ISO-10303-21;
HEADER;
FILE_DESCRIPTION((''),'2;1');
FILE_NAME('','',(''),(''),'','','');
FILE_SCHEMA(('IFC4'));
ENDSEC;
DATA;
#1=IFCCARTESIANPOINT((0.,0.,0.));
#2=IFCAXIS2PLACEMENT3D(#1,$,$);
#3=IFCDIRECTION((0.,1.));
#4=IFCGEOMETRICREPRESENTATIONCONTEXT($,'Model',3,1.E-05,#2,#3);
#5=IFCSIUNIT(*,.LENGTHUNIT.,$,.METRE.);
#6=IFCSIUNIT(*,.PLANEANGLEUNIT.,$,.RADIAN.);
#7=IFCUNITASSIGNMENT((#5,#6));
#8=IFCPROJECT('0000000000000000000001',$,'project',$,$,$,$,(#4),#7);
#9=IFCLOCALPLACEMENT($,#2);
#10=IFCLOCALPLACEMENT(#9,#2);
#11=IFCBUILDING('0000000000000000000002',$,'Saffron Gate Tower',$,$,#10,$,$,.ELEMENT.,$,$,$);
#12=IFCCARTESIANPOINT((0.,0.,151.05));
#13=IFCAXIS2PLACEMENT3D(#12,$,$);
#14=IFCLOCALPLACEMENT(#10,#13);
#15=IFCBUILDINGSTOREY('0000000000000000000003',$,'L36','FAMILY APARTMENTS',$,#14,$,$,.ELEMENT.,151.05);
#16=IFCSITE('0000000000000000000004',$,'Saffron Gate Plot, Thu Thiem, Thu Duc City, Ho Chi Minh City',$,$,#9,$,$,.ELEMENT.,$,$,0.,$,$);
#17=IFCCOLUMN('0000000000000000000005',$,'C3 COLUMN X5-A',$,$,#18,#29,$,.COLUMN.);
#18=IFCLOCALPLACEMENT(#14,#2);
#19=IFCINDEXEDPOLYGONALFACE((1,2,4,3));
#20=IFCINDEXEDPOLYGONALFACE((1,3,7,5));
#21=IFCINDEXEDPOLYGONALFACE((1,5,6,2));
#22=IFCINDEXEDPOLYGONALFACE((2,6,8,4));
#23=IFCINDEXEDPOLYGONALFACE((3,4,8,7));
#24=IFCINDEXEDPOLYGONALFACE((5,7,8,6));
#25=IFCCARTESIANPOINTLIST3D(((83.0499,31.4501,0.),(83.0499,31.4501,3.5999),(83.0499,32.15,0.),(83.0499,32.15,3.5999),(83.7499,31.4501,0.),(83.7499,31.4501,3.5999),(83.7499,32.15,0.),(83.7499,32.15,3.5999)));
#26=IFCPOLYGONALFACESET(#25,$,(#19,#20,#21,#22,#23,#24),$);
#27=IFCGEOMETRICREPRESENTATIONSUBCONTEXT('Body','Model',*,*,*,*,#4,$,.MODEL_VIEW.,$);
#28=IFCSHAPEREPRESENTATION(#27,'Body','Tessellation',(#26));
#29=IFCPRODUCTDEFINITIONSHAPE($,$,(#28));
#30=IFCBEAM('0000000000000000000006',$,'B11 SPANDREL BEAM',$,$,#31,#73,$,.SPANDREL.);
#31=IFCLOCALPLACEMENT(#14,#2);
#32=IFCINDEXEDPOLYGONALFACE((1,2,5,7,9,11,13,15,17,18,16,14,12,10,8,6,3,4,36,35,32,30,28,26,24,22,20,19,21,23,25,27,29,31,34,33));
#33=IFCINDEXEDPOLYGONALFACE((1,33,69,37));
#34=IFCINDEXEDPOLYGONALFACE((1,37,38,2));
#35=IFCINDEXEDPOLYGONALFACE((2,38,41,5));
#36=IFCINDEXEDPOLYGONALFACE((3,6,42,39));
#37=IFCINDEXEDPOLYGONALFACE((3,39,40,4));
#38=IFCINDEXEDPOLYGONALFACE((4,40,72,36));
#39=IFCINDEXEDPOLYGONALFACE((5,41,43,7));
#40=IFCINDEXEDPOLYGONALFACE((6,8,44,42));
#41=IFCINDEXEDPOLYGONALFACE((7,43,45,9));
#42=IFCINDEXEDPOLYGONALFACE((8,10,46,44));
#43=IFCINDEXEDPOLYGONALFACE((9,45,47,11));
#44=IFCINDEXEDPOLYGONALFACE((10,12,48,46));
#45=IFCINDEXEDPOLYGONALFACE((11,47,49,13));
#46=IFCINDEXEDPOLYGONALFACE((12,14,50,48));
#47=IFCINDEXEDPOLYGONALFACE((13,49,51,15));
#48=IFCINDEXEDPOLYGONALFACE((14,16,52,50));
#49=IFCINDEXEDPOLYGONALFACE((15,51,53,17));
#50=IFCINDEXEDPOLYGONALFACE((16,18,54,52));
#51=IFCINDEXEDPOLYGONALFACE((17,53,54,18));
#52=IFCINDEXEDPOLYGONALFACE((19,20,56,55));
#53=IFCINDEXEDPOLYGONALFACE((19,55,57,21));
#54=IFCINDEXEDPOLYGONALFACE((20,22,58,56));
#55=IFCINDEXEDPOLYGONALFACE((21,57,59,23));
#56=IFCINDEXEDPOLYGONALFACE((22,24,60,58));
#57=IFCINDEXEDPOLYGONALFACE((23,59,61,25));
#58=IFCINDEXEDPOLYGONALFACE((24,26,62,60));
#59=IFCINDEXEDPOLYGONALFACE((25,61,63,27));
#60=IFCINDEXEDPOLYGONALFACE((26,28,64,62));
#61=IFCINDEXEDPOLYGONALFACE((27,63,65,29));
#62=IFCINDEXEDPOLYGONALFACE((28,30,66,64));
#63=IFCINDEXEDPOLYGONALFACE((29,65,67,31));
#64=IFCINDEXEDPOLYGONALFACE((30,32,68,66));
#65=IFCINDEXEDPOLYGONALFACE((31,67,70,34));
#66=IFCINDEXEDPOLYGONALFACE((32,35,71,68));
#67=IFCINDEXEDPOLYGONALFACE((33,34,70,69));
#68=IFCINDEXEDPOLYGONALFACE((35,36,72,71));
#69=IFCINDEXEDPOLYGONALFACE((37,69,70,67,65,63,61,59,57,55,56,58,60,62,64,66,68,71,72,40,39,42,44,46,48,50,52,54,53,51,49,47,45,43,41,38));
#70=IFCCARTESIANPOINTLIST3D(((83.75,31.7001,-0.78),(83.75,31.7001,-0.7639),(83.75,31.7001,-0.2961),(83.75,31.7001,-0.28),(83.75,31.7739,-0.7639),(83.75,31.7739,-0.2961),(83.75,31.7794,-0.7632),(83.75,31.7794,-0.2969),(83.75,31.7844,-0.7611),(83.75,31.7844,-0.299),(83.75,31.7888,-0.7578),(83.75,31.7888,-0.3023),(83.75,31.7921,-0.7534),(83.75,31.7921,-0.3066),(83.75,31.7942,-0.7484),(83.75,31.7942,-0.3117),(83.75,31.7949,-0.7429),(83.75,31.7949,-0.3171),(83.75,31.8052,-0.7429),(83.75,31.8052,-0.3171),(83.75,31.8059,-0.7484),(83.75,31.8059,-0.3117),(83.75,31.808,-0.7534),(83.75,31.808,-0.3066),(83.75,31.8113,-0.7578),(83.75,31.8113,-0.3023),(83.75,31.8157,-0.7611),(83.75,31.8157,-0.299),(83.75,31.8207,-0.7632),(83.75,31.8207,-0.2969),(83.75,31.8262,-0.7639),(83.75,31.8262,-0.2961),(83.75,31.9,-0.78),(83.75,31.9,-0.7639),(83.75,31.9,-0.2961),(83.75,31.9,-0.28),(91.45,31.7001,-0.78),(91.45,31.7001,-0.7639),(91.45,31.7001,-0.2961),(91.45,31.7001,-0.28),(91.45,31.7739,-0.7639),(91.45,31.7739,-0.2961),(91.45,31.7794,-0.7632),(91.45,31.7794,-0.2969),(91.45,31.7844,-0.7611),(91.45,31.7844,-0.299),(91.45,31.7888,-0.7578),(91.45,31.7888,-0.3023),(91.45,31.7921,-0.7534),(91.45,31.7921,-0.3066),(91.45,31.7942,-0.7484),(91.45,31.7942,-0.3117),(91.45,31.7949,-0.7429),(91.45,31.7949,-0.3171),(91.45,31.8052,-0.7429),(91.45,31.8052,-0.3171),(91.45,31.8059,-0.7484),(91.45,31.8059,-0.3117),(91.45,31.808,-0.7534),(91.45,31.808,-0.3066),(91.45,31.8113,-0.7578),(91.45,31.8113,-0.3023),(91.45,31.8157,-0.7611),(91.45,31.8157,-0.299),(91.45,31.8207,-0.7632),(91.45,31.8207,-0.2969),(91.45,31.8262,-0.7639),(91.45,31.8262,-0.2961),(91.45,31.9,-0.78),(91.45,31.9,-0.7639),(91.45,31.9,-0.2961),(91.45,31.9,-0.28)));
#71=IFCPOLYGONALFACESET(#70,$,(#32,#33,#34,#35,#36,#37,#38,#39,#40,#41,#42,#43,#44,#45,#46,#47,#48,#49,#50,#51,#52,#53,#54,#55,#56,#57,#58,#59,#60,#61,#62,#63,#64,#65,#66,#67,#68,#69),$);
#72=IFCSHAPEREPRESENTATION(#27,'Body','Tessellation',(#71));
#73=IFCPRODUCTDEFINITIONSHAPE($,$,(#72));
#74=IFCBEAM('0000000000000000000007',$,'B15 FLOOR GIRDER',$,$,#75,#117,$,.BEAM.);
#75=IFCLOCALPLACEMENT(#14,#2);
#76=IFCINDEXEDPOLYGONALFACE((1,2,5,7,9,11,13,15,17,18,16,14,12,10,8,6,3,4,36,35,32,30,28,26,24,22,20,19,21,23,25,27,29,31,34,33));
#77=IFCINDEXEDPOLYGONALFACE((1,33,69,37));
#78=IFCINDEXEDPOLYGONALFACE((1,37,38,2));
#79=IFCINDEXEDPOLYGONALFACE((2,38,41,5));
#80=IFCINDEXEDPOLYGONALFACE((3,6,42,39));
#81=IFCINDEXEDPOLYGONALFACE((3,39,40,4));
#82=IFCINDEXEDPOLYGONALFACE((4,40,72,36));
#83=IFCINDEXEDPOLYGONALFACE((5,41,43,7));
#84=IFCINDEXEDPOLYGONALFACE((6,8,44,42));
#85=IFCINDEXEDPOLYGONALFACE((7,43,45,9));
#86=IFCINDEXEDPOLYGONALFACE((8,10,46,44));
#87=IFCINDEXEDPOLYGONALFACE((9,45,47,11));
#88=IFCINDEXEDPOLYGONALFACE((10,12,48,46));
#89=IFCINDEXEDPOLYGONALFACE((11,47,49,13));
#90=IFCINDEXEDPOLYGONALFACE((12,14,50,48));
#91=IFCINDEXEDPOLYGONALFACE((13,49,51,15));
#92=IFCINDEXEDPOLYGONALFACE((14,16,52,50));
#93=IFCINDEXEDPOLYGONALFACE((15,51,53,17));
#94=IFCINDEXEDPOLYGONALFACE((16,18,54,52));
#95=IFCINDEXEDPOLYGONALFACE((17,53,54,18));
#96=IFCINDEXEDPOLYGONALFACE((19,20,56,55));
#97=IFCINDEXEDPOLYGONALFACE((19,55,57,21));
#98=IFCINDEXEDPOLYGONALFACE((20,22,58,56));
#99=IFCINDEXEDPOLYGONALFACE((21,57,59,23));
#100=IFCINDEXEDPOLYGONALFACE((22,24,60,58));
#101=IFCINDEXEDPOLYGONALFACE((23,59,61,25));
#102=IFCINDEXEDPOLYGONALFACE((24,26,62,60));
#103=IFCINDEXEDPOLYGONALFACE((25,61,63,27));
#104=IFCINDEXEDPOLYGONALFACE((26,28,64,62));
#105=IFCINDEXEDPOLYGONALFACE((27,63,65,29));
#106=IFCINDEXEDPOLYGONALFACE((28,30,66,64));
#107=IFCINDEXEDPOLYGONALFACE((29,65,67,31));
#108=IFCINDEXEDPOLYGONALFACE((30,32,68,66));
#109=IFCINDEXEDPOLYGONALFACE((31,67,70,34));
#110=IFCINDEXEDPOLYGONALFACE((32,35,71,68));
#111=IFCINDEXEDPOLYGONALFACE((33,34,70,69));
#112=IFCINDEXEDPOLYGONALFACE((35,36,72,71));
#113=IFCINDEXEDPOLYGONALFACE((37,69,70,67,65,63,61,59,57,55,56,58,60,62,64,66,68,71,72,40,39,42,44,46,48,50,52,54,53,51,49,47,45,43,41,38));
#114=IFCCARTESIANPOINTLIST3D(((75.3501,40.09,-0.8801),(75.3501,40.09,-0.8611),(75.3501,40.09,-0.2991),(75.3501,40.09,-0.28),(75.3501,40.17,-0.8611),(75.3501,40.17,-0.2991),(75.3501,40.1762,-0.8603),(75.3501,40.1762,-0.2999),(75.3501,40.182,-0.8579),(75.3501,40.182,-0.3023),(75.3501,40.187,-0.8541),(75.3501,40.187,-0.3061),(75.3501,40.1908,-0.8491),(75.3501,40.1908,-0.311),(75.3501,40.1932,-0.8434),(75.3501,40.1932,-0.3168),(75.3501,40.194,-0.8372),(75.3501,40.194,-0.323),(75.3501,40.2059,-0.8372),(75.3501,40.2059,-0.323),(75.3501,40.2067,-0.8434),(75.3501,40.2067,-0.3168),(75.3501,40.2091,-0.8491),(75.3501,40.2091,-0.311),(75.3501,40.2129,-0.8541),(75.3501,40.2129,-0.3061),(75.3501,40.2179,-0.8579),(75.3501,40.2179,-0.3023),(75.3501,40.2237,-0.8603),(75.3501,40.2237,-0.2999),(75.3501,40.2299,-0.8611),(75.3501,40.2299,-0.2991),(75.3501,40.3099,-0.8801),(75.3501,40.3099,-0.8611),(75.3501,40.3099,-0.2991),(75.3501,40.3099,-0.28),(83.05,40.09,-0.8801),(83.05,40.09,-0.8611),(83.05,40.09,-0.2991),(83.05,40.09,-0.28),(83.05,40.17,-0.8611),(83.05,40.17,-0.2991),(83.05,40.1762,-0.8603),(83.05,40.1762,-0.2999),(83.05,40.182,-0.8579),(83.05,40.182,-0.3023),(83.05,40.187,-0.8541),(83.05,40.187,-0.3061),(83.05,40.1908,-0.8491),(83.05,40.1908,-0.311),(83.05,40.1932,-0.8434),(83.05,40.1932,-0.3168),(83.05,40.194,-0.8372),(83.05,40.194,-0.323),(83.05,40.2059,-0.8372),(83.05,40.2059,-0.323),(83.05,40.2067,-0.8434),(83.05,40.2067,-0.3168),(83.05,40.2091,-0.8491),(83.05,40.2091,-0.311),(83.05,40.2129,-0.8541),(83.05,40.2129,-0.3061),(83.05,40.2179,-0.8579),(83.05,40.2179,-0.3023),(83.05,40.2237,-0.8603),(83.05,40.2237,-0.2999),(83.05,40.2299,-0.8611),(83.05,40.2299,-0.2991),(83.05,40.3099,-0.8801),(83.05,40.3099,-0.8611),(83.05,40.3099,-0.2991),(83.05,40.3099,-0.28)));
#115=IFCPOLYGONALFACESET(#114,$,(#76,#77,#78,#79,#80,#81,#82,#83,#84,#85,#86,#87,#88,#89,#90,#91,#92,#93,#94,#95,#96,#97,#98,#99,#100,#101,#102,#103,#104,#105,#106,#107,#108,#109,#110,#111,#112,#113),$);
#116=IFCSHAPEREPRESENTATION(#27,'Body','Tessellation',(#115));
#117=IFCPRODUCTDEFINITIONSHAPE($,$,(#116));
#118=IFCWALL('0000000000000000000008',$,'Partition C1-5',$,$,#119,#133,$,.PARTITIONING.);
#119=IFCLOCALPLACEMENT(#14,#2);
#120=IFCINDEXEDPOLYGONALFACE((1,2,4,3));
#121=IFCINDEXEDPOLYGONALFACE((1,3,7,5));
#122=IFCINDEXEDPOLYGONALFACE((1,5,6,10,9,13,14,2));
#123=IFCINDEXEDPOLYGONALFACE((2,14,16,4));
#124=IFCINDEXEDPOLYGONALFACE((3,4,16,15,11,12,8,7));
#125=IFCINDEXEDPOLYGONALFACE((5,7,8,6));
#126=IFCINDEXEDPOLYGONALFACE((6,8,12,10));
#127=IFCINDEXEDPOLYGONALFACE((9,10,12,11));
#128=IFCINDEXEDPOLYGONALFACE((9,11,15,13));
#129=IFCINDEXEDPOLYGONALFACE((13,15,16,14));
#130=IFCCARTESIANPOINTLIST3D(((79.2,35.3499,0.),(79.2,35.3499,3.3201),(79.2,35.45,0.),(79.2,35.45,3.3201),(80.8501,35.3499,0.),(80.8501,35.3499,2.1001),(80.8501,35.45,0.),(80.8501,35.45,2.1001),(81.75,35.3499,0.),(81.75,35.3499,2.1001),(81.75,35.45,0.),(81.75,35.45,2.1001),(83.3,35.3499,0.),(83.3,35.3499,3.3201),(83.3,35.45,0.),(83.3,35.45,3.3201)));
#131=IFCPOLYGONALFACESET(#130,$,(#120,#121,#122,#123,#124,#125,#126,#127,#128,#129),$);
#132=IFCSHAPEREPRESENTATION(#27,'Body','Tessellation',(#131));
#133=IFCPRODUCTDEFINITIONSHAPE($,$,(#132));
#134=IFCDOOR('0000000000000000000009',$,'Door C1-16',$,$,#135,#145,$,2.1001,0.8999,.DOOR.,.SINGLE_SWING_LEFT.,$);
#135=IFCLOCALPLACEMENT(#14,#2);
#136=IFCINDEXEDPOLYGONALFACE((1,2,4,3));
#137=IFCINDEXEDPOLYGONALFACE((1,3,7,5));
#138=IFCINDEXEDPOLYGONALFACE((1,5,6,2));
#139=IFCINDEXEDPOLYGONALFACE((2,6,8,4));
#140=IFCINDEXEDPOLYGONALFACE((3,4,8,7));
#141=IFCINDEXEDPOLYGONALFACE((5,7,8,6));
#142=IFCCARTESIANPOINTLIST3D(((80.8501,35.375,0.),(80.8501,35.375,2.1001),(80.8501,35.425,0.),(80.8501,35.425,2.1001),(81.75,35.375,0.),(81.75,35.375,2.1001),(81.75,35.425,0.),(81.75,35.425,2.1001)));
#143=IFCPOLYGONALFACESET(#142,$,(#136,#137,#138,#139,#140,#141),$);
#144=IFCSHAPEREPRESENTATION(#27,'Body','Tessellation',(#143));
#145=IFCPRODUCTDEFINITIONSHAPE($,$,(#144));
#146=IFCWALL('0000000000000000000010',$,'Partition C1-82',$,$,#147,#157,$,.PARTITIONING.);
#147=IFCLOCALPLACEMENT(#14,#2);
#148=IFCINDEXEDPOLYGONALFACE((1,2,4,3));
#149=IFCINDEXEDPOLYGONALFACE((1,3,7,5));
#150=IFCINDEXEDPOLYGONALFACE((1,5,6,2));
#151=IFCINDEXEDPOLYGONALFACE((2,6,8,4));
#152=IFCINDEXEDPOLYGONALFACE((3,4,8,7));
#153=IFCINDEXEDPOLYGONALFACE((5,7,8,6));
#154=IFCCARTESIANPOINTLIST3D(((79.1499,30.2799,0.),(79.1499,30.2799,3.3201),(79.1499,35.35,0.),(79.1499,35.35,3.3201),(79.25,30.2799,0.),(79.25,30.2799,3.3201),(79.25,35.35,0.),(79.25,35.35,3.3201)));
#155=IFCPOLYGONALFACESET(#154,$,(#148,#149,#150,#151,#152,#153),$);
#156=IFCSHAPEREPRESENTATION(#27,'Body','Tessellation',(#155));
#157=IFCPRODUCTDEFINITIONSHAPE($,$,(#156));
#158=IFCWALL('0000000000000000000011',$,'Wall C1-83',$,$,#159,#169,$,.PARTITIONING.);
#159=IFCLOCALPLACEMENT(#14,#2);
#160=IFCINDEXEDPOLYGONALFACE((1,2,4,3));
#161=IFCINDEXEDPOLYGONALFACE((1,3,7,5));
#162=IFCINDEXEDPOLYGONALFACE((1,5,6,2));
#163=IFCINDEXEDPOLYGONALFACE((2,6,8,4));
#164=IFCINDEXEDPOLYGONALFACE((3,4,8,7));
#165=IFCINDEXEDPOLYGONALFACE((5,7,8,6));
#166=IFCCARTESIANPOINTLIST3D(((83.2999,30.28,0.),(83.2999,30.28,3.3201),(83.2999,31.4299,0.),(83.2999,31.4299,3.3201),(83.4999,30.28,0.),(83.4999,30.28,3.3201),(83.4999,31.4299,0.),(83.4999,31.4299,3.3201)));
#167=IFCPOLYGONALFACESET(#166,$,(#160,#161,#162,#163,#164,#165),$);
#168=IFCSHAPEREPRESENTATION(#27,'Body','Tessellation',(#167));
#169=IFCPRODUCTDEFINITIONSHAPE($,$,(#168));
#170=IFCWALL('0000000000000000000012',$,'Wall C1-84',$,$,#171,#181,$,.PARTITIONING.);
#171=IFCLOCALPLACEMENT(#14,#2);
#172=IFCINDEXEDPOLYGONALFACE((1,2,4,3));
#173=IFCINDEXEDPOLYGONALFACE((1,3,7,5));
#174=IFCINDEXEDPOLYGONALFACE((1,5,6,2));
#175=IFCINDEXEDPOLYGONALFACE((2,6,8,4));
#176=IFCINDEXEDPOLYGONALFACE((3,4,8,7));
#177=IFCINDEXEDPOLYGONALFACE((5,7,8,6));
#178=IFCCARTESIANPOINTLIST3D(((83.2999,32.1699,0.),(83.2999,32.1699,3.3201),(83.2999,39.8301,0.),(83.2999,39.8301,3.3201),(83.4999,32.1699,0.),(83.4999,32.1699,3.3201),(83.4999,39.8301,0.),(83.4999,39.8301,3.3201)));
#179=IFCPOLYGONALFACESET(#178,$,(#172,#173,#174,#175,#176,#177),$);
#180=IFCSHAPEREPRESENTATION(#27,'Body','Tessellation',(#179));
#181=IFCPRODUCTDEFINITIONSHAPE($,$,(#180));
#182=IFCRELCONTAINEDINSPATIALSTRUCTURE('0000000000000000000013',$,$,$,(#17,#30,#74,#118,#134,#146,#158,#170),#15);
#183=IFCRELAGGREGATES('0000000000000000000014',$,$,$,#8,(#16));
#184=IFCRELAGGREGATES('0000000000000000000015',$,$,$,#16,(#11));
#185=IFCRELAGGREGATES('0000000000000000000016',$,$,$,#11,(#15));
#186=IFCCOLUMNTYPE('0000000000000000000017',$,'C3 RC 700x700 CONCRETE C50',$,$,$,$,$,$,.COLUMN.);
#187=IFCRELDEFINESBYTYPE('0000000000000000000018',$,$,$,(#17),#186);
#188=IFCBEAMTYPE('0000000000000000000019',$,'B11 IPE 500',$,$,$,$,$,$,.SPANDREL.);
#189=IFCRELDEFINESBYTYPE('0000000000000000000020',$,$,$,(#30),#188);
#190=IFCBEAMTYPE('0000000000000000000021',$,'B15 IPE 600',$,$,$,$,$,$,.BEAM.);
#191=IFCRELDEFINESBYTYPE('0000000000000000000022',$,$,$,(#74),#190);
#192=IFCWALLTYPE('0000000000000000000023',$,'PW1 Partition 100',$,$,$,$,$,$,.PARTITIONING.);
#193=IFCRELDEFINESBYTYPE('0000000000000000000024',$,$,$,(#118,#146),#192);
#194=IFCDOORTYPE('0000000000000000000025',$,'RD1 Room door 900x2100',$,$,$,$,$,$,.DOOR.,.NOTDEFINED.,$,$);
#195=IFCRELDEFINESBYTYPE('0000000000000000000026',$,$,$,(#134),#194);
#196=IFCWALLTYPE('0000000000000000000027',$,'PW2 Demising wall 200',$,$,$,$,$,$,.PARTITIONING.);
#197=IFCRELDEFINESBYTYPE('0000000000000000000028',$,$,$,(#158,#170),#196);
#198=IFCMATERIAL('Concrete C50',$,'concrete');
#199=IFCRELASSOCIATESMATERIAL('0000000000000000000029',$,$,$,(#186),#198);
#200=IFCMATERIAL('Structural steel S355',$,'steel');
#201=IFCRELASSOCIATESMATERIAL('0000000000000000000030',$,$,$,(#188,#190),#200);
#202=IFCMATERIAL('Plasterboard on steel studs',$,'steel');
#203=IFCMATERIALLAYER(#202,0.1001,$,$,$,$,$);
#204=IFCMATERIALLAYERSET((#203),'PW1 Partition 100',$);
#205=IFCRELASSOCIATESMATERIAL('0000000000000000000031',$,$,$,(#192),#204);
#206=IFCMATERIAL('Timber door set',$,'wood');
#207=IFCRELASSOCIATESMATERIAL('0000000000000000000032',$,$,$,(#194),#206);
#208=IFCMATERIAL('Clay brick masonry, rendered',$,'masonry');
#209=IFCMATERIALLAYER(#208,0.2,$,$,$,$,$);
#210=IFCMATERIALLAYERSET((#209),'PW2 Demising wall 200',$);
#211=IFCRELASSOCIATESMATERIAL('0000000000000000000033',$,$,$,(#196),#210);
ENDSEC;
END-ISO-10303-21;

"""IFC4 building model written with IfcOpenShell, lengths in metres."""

from ifc_helpers import new_model, si_unit, direction, frame, frame_2d, origin, origin_2d, place, context, subcontext, project, spatial, rectangle, i_section, extrude, material, layer, layer_set, material_profile, profile_set, type_object, element, fill, save


model = new_model("IFC4")

# Units and contexts
model_context = context("Model", 3, precision=1e-05, world=origin(), true_north=direction((0.0, 1.0)))
body_context = subcontext(model_context, "Body", "Model", "MODEL_VIEW")
ifc_project = project(units=[si_unit("LENGTHUNIT", "METRE"), si_unit("PLANEANGLEUNIT", "RADIAN")], contexts=[model_context])

# Site, building, storey
site_placement = place(None, origin())
site = spatial("IfcSite", under=ifc_project, at=site_placement, Name="Saffron Gate Plot, Thu Thiem, Thu Duc City, Ho Chi Minh City", CompositionType="ELEMENT", RefElevation=0.0)
building_placement = place(site_placement, origin())
building = spatial("IfcBuilding", under=site, at=building_placement, Name="Saffron Gate Tower", CompositionType="ELEMENT")
storey_placement = place(building_placement, frame((0.0, 0.0, 151.05)))
storey = spatial("IfcBuildingStorey", under=building, at=storey_placement, Name="L36", Description="FAMILY APARTMENTS", CompositionType="ELEMENT", Elevation=151.05)

# Column
ifc_material_1 = material(Name="Concrete C50", Category="concrete")
ifc_material_profile_1 = material_profile(ifc_material_1, rectangle(XDim=0.7, YDim=0.7, at=origin_2d()))
ifc_profile_set_1 = profile_set([ifc_material_profile_1], Name="Concrete C50")
column_type = type_object("IfcColumnType", Name="C3 RC 700x700 CONCRETE C50", PredefinedType="COLUMN", material=ifc_profile_set_1)
column_placement = place(storey_placement, frame((83.3999, 31.8, 0.0), z_axis=(0.0, 0.0, 1.0), x_axis=(1.0, 0.0, 0.0)))
element("IfcColumn", 1, at=column_placement, inside=storey, type_object=column_type, Name="C3 COLUMN X5-A", PredefinedType="COLUMN", context=body_context, shape_type="SweptSolid", body=[
    extrude(rectangle(XDim=0.7, YDim=0.7, at=origin_2d()), origin(), (0.0, 0.0, 1.0), 3.5999),
])

# Beams
ifc_material_2 = material(Name="Structural steel S355", Category="steel")
ifc_material_profile_2 = material_profile(ifc_material_2, i_section(OverallWidth=0.2, OverallDepth=0.5, WebThickness=0.0103, FlangeThickness=0.0161, FilletRadius=0.021, at=origin_2d()))
ifc_profile_set_2 = profile_set([ifc_material_profile_2], Name="Structural steel S355")
beam_type_1 = type_object("IfcBeamType", Name="B11 IPE 500", PredefinedType="SPANDREL", material=ifc_profile_set_2)
beam_1_placement = place(storey_placement, frame((83.75, 31.8, -0.53), z_axis=(1.0, 0.0, 0.0), x_axis=(0.0, 1.0, 0.0)))
element("IfcBeam", 2, at=beam_1_placement, inside=storey, type_object=beam_type_1, Name="B11 SPANDREL BEAM", PredefinedType="SPANDREL", context=body_context, shape_type="SweptSolid", body=[
    extrude(i_section(OverallWidth=0.2, OverallDepth=0.5, WebThickness=0.0103, FlangeThickness=0.0161, FilletRadius=0.021, at=origin_2d()), origin(), (0.0, 0.0, 1.0), 7.7),
])
ifc_material_profile_3 = material_profile(ifc_material_2, i_section(OverallWidth=0.22, OverallDepth=0.6001, WebThickness=0.012, FlangeThickness=0.019, FilletRadius=0.0239, at=origin_2d()))
ifc_profile_set_3 = profile_set([ifc_material_profile_3], Name="Structural steel S355")
beam_type_2 = type_object("IfcBeamType", Name="B15 IPE 600", PredefinedType="BEAM", material=ifc_profile_set_3)
beam_2_placement = place(storey_placement, frame((75.3501, 40.2, -0.5801), z_axis=(1.0, 0.0, 0.0), x_axis=(0.0, 1.0, 0.0)))
element("IfcBeam", 3, at=beam_2_placement, inside=storey, type_object=beam_type_2, Name="B15 FLOOR GIRDER", PredefinedType="BEAM", context=body_context, shape_type="SweptSolid", body=[
    extrude(i_section(OverallWidth=0.22, OverallDepth=0.6001, WebThickness=0.012, FlangeThickness=0.019, FilletRadius=0.0239, at=origin_2d()), origin(), (0.0, 0.0, 1.0), 7.7),
])

# Wall, opening, door
ifc_material_3 = material(Name="Plasterboard on steel studs", Category="steel")
ifc_layer_1 = layer(ifc_material_3, 0.1001)
ifc_layer_set_1 = layer_set([ifc_layer_1], Name="PW1 Partition 100")
wall_type_1 = type_object("IfcWallType", Name="PW1 Partition 100", PredefinedType="PARTITIONING", material=ifc_layer_set_1)
wall_1_placement = place(storey_placement, frame((83.3, 35.3999, 0.0), z_axis=(0.0, 0.0, 1.0), x_axis=(-1.0, 0.0, 0.0)))
wall_1 = element("IfcWall", 4, at=wall_1_placement, inside=storey, type_object=wall_type_1, Name="Partition C1-5", PredefinedType="PARTITIONING", context=body_context, shape_type="SweptSolid", body=[
    extrude(rectangle(XDim=4.1001, YDim=0.1001, at=frame_2d((2.05, 0.0))), origin(), (0.0, 0.0, 1.0), 3.3201),
])
opening_placement = place(wall_1_placement, frame((1.55, 0.0, 0.0)))
opening = element("IfcOpeningElement", 5, at=opening_placement, cuts=wall_1, PredefinedType="OPENING", context=body_context, shape_type="SweptSolid", body=[
    extrude(rectangle(XDim=0.8999, YDim=2.1001, at=frame_2d((0.45, 1.05))), frame((0.0, 0.0601, 0.0), z_axis=(0.0, -1.0, 0.0), x_axis=(1.0, 0.0, 0.0)), (0.0, 0.0, 1.0), 0.1201),
])
ifc_material_4 = material(Name="Timber door set", Category="wood")
door_type = type_object("IfcDoorType", Name="RD1 Room door 900x2100", OperationType="NOTDEFINED", PredefinedType="DOOR", material=ifc_material_4)
door_placement = place(opening_placement, origin())
door = element("IfcDoor", 6, at=door_placement, inside=storey, type_object=door_type, Name="Door C1-16", OperationType="SINGLE_SWING_LEFT", OverallHeight=2.1001, OverallWidth=0.8999, PredefinedType="DOOR", context=body_context, shape_type="SweptSolid", body=[
    extrude(rectangle(XDim=0.8999, YDim=2.1001, at=frame_2d((0.45, 1.05))), frame((0.0, 0.0249, 0.0), z_axis=(0.0, -1.0, 0.0), x_axis=(1.0, 0.0, 0.0)), (0.0, 0.0, 1.0), 0.05),
])
fill(opening, door)

# Walls
wall_2_placement = place(storey_placement, frame((79.2, 35.3501, 0.0), z_axis=(0.0, 0.0, 1.0), x_axis=(0.0, -1.0, 0.0)))
element("IfcWall", 7, at=wall_2_placement, inside=storey, type_object=wall_type_1, Name="Partition C1-82", PredefinedType="PARTITIONING", context=body_context, shape_type="SweptSolid", body=[
    extrude(rectangle(XDim=5.0701, YDim=0.1001, at=frame_2d((2.5352, 0.0))), origin(), (0.0, 0.0, 1.0), 3.3201),
])
ifc_material_5 = material(Name="Clay brick masonry, rendered", Category="masonry")
ifc_layer_2 = layer(ifc_material_5, 0.2)
ifc_layer_set_2 = layer_set([ifc_layer_2], Name="PW2 Demising wall 200")
wall_type_2 = type_object("IfcWallType", Name="PW2 Demising wall 200", PredefinedType="PARTITIONING", material=ifc_layer_set_2)
wall_3_placement = place(storey_placement, frame((83.3999, 31.4299, 0.0), z_axis=(0.0, 0.0, 1.0), x_axis=(0.0, -1.0, 0.0)))
element("IfcWall", 8, at=wall_3_placement, inside=storey, type_object=wall_type_2, Name="Wall C1-83", PredefinedType="PARTITIONING", context=body_context, shape_type="SweptSolid", body=[
    extrude(rectangle(XDim=1.1499, YDim=0.2, at=frame_2d((0.575, 0.0))), origin(), (0.0, 0.0, 1.0), 3.3201),
])
wall_4_placement = place(storey_placement, frame((83.3999, 39.8301, 0.0), z_axis=(0.0, 0.0, 1.0), x_axis=(0.0, -1.0, 0.0)))
element("IfcWall", 9, at=wall_4_placement, inside=storey, type_object=wall_type_2, Name="Wall C1-84", PredefinedType="PARTITIONING", context=body_context, shape_type="SweptSolid", body=[
    extrude(rectangle(XDim=7.6602, YDim=0.2, at=frame_2d((3.8301, 0.0))), origin(), (0.0, 0.0, 1.0), 3.3201),
])

save(model, "model.ifc")
